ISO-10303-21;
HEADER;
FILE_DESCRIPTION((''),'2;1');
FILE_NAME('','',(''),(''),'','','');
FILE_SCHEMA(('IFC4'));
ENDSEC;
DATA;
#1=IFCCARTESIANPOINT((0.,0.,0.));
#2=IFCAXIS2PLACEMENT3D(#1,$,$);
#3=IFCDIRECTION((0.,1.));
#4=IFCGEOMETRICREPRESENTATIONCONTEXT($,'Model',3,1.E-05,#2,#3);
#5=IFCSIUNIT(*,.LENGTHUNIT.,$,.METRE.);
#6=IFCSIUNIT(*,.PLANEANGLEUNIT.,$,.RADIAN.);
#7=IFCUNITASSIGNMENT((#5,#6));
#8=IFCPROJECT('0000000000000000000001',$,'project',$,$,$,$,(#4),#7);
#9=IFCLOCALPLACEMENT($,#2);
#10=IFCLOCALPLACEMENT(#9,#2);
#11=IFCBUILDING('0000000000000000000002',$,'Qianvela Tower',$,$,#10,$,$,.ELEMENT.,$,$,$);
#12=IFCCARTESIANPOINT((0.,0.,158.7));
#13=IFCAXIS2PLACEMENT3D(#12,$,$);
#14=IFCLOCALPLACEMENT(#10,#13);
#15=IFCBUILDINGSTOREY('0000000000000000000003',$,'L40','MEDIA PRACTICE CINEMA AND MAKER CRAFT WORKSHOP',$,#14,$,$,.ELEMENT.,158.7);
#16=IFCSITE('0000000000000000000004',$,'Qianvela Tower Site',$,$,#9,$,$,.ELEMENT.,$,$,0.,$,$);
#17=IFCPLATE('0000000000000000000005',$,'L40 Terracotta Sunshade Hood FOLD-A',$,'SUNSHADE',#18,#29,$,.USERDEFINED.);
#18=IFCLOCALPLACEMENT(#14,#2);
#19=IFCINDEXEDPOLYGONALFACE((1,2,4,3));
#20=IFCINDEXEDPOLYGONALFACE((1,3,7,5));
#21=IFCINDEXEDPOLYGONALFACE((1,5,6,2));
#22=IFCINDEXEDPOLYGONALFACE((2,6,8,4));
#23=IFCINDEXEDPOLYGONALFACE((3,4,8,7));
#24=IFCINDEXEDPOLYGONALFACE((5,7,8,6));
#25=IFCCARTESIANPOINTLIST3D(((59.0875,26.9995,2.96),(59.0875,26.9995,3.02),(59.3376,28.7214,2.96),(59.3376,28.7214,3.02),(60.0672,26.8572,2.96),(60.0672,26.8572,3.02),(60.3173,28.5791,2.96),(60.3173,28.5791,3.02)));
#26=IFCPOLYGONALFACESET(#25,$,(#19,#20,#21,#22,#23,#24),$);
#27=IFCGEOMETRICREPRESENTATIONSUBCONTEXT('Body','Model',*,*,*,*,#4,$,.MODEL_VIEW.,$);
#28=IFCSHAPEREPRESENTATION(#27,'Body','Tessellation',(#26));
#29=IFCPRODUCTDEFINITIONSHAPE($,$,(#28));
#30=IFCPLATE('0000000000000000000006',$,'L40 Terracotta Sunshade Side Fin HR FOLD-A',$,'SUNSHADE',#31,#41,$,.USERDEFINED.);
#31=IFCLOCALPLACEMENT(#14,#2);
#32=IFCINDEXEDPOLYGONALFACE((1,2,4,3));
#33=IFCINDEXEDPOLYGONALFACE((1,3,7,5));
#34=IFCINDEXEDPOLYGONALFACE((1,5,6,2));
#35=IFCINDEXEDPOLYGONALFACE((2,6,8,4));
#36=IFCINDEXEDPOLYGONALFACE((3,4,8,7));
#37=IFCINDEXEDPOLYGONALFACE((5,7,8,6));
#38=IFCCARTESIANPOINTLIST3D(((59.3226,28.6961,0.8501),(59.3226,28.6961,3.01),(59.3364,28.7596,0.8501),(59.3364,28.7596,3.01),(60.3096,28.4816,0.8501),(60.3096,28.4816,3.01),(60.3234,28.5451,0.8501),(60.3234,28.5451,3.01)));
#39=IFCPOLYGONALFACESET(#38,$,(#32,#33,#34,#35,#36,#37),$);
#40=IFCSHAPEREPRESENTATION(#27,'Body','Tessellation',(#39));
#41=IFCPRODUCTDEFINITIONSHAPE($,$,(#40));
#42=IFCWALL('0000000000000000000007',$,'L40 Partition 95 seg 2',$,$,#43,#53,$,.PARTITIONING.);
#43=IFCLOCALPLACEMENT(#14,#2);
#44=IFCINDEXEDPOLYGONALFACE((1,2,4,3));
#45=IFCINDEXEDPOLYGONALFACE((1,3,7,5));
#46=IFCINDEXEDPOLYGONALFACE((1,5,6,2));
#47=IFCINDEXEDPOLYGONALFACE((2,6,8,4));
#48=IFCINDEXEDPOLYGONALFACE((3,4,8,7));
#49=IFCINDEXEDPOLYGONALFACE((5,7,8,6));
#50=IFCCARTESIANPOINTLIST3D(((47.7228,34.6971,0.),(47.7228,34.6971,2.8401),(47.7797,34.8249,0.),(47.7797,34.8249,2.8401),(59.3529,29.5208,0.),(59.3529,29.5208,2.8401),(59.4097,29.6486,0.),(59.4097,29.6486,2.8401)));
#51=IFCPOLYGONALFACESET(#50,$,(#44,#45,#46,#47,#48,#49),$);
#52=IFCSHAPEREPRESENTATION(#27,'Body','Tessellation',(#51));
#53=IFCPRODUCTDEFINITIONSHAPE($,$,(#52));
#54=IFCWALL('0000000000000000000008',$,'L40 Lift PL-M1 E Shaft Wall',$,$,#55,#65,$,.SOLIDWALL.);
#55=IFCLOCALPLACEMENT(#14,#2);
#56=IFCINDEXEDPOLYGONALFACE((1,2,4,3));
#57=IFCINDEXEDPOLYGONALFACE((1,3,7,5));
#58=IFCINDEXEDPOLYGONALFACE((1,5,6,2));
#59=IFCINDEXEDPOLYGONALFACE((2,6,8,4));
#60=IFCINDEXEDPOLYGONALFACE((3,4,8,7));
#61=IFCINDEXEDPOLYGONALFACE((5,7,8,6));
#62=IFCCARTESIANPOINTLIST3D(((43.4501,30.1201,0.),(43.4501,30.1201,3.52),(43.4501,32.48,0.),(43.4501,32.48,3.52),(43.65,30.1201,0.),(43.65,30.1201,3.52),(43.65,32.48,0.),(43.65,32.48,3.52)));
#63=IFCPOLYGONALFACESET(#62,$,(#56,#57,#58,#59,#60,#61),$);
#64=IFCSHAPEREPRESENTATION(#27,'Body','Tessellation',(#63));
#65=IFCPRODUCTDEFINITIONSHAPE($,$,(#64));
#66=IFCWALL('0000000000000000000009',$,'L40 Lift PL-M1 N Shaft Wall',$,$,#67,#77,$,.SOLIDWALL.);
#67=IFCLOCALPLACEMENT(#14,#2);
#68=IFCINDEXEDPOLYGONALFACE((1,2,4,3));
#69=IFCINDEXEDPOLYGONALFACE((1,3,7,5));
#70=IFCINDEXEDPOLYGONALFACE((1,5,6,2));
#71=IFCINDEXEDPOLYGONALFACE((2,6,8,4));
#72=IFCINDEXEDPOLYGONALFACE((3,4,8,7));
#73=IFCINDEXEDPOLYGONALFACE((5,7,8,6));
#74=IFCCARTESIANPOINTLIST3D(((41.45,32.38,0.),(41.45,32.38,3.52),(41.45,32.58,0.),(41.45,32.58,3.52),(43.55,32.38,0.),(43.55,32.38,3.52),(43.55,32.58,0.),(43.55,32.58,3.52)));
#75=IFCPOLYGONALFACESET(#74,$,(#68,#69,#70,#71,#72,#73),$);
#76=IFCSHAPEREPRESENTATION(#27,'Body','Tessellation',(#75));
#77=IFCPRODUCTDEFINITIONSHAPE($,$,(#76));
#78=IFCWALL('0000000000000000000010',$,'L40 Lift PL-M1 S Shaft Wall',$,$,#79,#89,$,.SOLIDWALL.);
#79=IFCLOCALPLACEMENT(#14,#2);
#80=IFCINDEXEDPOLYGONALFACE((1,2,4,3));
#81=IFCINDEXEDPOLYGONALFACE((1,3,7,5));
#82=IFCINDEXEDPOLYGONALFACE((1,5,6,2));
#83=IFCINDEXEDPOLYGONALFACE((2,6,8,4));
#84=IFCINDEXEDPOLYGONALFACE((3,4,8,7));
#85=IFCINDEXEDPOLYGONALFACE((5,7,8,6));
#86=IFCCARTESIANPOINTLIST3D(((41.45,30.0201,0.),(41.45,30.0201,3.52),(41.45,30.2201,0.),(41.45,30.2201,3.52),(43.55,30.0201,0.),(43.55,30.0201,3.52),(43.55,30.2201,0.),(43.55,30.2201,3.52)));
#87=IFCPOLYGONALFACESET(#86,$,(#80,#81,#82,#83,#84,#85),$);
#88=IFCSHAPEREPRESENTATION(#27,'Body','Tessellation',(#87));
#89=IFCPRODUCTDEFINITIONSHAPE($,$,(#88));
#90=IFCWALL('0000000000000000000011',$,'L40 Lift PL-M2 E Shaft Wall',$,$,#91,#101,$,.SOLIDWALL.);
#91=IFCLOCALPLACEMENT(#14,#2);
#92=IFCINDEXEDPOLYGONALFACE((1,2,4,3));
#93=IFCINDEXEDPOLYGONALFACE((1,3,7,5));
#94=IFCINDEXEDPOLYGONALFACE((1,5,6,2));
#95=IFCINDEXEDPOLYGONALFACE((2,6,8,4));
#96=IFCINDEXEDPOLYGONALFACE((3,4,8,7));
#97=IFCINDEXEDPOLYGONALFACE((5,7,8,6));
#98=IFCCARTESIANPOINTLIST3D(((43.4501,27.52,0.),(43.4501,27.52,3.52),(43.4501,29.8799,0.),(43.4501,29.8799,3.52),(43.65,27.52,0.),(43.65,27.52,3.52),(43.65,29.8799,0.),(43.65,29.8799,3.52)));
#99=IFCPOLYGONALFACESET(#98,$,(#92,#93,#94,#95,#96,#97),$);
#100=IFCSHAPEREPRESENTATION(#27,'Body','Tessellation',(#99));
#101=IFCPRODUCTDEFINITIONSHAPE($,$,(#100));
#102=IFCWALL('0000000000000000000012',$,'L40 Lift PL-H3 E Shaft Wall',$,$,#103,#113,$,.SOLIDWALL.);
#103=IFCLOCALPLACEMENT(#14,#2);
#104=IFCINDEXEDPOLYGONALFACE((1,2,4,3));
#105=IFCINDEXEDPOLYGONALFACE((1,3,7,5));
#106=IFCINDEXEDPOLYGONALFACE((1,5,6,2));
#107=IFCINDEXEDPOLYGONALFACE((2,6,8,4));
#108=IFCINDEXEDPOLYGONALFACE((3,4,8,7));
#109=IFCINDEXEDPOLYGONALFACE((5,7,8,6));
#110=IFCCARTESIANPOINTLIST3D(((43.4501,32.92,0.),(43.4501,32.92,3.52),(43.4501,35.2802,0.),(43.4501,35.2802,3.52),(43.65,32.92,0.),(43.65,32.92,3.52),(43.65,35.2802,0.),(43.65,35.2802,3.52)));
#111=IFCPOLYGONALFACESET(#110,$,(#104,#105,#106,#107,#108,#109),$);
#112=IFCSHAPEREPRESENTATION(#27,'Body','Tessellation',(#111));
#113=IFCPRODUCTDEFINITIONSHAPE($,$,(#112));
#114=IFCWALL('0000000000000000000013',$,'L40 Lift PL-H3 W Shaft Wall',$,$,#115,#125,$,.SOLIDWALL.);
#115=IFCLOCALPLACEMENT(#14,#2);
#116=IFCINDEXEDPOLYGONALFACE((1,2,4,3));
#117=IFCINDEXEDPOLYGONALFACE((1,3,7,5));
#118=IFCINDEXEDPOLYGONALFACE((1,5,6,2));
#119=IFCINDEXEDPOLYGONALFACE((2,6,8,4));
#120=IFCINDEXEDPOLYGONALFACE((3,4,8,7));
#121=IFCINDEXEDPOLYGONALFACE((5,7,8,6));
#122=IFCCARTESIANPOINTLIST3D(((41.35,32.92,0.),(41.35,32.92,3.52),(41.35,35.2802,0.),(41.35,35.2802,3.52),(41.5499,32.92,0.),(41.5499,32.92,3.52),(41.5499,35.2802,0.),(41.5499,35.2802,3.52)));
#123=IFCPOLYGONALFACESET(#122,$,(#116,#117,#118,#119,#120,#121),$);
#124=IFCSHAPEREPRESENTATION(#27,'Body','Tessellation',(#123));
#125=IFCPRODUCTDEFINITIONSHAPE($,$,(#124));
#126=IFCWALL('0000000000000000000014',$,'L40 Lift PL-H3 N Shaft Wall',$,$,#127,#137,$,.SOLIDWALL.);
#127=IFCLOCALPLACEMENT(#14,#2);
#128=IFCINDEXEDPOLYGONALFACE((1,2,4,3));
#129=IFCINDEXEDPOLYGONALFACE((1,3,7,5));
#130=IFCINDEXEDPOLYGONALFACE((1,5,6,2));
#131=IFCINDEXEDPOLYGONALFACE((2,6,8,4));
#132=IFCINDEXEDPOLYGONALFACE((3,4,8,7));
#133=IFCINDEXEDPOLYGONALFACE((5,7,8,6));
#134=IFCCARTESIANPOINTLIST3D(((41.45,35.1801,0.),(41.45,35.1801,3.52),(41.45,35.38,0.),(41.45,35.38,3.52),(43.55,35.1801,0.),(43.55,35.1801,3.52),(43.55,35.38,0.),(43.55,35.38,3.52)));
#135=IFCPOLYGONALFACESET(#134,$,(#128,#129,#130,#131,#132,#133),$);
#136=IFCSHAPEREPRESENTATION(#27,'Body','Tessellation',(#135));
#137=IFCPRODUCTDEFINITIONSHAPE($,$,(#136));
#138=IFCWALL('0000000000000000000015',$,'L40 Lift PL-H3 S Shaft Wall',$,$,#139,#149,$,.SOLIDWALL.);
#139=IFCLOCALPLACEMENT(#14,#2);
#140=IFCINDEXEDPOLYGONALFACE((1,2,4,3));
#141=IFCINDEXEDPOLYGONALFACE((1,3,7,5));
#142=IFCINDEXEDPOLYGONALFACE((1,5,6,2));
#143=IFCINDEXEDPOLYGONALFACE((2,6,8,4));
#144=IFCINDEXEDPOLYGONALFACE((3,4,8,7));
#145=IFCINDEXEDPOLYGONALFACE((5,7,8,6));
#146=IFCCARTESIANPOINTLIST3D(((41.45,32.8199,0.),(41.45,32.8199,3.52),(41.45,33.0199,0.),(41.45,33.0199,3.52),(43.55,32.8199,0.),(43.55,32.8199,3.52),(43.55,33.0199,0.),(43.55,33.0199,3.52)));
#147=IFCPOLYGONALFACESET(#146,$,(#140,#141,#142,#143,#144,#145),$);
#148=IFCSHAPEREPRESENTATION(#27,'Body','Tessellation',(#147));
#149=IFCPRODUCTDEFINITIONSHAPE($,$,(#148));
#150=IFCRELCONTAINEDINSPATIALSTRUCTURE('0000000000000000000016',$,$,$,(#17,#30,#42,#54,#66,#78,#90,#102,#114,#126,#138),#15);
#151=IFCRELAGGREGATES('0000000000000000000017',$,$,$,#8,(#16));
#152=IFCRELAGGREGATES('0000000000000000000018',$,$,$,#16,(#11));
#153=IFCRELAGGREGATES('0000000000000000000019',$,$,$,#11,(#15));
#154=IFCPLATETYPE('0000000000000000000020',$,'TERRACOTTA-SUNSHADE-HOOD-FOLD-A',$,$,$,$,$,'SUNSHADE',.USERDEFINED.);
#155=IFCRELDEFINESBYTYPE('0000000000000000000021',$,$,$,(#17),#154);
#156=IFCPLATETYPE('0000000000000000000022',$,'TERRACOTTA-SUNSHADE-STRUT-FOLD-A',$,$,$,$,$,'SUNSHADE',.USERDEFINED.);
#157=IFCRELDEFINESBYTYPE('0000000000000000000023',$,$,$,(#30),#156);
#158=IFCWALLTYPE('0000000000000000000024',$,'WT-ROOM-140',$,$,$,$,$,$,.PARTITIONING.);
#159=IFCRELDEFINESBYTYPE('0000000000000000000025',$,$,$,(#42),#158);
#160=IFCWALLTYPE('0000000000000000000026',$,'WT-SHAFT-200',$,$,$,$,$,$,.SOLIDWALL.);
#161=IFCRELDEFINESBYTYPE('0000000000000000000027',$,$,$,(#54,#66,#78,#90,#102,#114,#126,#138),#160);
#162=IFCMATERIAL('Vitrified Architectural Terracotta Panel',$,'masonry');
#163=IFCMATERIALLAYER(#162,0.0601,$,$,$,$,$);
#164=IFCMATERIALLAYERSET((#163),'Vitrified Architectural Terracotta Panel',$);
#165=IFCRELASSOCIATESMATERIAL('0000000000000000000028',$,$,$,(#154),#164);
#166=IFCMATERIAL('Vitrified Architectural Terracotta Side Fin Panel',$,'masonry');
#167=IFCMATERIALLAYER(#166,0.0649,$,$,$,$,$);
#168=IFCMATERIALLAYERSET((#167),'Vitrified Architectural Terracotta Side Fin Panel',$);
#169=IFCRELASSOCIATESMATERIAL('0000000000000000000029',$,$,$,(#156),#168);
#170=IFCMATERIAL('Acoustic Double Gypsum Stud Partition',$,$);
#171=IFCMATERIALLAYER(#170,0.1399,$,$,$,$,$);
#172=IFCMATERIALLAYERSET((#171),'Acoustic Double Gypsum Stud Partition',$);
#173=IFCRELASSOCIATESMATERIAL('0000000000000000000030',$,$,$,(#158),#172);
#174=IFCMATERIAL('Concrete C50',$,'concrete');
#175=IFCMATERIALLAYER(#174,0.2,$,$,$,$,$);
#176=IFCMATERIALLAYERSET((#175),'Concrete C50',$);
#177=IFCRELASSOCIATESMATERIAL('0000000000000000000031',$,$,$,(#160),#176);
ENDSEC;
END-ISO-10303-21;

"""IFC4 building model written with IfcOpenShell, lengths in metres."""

from ifc_helpers import new_model, si_unit, direction, frame, frame_2d, origin, origin_2d, place, context, subcontext, project, spatial, rectangle, extrude, material, layer, layer_set, type_object, element, save


model = new_model("IFC4")

# Units and contexts
model_context = context("Model", 3, precision=1e-05, world=origin(), true_north=direction((0.0, 1.0)))
body_context = subcontext(model_context, "Body", "Model", "MODEL_VIEW")
ifc_project = project(units=[si_unit("LENGTHUNIT", "METRE"), si_unit("PLANEANGLEUNIT", "RADIAN")], contexts=[model_context])

# Site, building, storey
site_placement = place(None, origin())
site = spatial("IfcSite", under=ifc_project, at=site_placement, Name="Qianvela Tower Site", CompositionType="ELEMENT", RefElevation=0.0)
building_placement = place(site_placement, origin())
building = spatial("IfcBuilding", under=site, at=building_placement, Name="Qianvela Tower", CompositionType="ELEMENT")
storey_placement = place(building_placement, frame((0.0, 0.0, 158.7)))
storey = spatial("IfcBuildingStorey", under=building, at=storey_placement, Name="L40", Description="MEDIA PRACTICE CINEMA AND MAKER CRAFT WORKSHOP", CompositionType="ELEMENT", Elevation=158.7)

# Plates
ifc_material_1 = material(Name="Vitrified Architectural Terracotta Panel", Category="masonry")
ifc_layer_1 = layer(ifc_material_1, 0.0601)
ifc_layer_set_1 = layer_set([ifc_layer_1], Name="Vitrified Architectural Terracotta Panel")
plate_type_1 = type_object("IfcPlateType", Name="TERRACOTTA-SUNSHADE-HOOD-FOLD-A", ElementType="SUNSHADE", PredefinedType="USERDEFINED", material=ifc_layer_set_1)
plate_1_placement = place(storey_placement, frame((59.7024, 27.7893, 2.96), z_axis=(0.0, 0.0, 1.0), x_axis=(0.143729, 0.989617, 0.0)))
element("IfcPlate", 1, at=plate_1_placement, inside=storey, type_object=plate_type_1, Name="L40 Terracotta Sunshade Hood FOLD-A", ObjectType="SUNSHADE", PredefinedType="USERDEFINED", context=body_context, shape_type="SweptSolid", body=[
    extrude(rectangle(XDim=1.74, YDim=0.99, at=origin_2d()), origin(), (0.0, 0.0, 1.0), 0.0601),
])
ifc_material_2 = material(Name="Vitrified Architectural Terracotta Side Fin Panel", Category="masonry")
ifc_layer_2 = layer(ifc_material_2, 0.0649)
ifc_layer_set_2 = layer_set([ifc_layer_2], Name="Vitrified Architectural Terracotta Side Fin Panel")
plate_type_2 = type_object("IfcPlateType", Name="TERRACOTTA-SUNSHADE-STRUT-FOLD-A", ElementType="SUNSHADE", PredefinedType="USERDEFINED", material=ifc_layer_set_2)
plate_2_placement = place(storey_placement, frame((59.823, 28.6206, 0.8501), z_axis=(0.0, 0.0, 1.0), x_axis=(0.212411, 0.97718, 0.0)))
element("IfcPlate", 2, at=plate_2_placement, inside=storey, type_object=plate_type_2, Name="L40 Terracotta Sunshade Side Fin HR FOLD-A", ObjectType="SUNSHADE", PredefinedType="USERDEFINED", context=body_context, shape_type="SweptSolid", body=[
    extrude(rectangle(XDim=0.0649, YDim=1.01, at=origin_2d()), origin(), (0.0, 0.0, 1.0), 2.1599),
])

# Walls
ifc_material_3 = material(Name="Acoustic Double Gypsum Stud Partition")
ifc_layer_3 = layer(ifc_material_3, 0.1399)
ifc_layer_set_3 = layer_set([ifc_layer_3], Name="Acoustic Double Gypsum Stud Partition")
wall_type_1 = type_object("IfcWallType", Name="WT-ROOM-140", PredefinedType="PARTITIONING", material=ifc_layer_set_3)
wall_1_placement = place(storey_placement, frame((47.7512, 34.761, 0.0), z_axis=(0.0, 0.0, 1.0), x_axis=(0.913598, -0.406619, 0.0)))
element("IfcWall", 3, at=wall_1_placement, inside=storey, type_object=wall_type_1, Name="L40 Partition 95 seg 2", PredefinedType="PARTITIONING", context=body_context, shape_type="SweptSolid", body=[
    extrude(rectangle(XDim=12.73, YDim=0.1399, at=frame_2d((6.365, 0.0))), origin(), (0.0, 0.0, 1.0), 2.8401),
])
ifc_material_4 = material(Name="Concrete C50", Category="concrete")
ifc_layer_4 = layer(ifc_material_4, 0.2)
ifc_layer_set_4 = layer_set([ifc_layer_4], Name="Concrete C50")
wall_type_2 = type_object("IfcWallType", Name="WT-SHAFT-200", PredefinedType="SOLIDWALL", material=ifc_layer_set_4)
wall_2_placement = place(storey_placement, frame((43.55, 30.1201, 0.0), z_axis=(0.0, 0.0, 1.0), x_axis=(0.0, 1.0, 0.0)))
element("IfcWall", 4, at=wall_2_placement, inside=storey, type_object=wall_type_2, Name="L40 Lift PL-M1 E Shaft Wall", PredefinedType="SOLIDWALL", context=body_context, shape_type="SweptSolid", body=[
    extrude(rectangle(XDim=2.3599, YDim=0.2, at=frame_2d((1.1799, 0.0))), origin(), (0.0, 0.0, 1.0), 3.52),
])

# Walls
for number, where, z_axis, x_axis, name in (
    (5, (41.45, 32.48, 0.0), (0.0, 0.0, 1.0), (1.0, 0.0, 0.0), "L40 Lift PL-M1 N Shaft Wall"),
    (6, (41.45, 30.1201, 0.0), (0.0, 0.0, 1.0), (1.0, 0.0, 0.0), "L40 Lift PL-M1 S Shaft Wall"),
):
    element("IfcWall", number, at=place(storey_placement, frame(where, z_axis=z_axis, x_axis=x_axis)), inside=storey, type_object=wall_type_2, Name=name, PredefinedType="SOLIDWALL", context=body_context, shape_type="SweptSolid", body=[
        extrude(rectangle(XDim=2.1001, YDim=0.2, at=frame_2d((1.05, 0.0))), origin(), (0.0, 0.0, 1.0), 3.52),
    ])
wall_3_placement = place(storey_placement, frame((43.55, 27.52, 0.0), z_axis=(0.0, 0.0, 1.0), x_axis=(0.0, 1.0, 0.0)))
element("IfcWall", 7, at=wall_3_placement, inside=storey, type_object=wall_type_2, Name="L40 Lift PL-M2 E Shaft Wall", PredefinedType="SOLIDWALL", context=body_context, shape_type="SweptSolid", body=[
    extrude(rectangle(XDim=2.3599, YDim=0.2, at=frame_2d((1.1799, 0.0))), origin(), (0.0, 0.0, 1.0), 3.52),
])
for number, where, z_axis, x_axis, name in (
    (8, (43.55, 32.9199, 0.0), (0.0, 0.0, 1.0), (0.0, 1.0, 0.0), "L40 Lift PL-H3 E Shaft Wall"),
    (9, (41.45, 32.9199, 0.0), (0.0, 0.0, 1.0), (0.0, 1.0, 0.0), "L40 Lift PL-H3 W Shaft Wall"),
):
    element("IfcWall", number, at=place(storey_placement, frame(where, z_axis=z_axis, x_axis=x_axis)), inside=storey, type_object=wall_type_2, Name=name, PredefinedType="SOLIDWALL", context=body_context, shape_type="SweptSolid", body=[
        extrude(rectangle(XDim=2.3601, YDim=0.2, at=frame_2d((1.1802, 0.0))), origin(), (0.0, 0.0, 1.0), 3.52),
    ])
for number, where, z_axis, x_axis, name in (
    (10, (41.45, 35.28, 0.0), (0.0, 0.0, 1.0), (1.0, 0.0, 0.0), "L40 Lift PL-H3 N Shaft Wall"),
    (11, (41.45, 32.9199, 0.0), (0.0, 0.0, 1.0), (1.0, 0.0, 0.0), "L40 Lift PL-H3 S Shaft Wall"),
):
    element("IfcWall", number, at=place(storey_placement, frame(where, z_axis=z_axis, x_axis=x_axis)), inside=storey, type_object=wall_type_2, Name=name, PredefinedType="SOLIDWALL", context=body_context, shape_type="SweptSolid", body=[
        extrude(rectangle(XDim=2.1001, YDim=0.2, at=frame_2d((1.05, 0.0))), origin(), (0.0, 0.0, 1.0), 3.52),
    ])

save(model, "model.ifc")
